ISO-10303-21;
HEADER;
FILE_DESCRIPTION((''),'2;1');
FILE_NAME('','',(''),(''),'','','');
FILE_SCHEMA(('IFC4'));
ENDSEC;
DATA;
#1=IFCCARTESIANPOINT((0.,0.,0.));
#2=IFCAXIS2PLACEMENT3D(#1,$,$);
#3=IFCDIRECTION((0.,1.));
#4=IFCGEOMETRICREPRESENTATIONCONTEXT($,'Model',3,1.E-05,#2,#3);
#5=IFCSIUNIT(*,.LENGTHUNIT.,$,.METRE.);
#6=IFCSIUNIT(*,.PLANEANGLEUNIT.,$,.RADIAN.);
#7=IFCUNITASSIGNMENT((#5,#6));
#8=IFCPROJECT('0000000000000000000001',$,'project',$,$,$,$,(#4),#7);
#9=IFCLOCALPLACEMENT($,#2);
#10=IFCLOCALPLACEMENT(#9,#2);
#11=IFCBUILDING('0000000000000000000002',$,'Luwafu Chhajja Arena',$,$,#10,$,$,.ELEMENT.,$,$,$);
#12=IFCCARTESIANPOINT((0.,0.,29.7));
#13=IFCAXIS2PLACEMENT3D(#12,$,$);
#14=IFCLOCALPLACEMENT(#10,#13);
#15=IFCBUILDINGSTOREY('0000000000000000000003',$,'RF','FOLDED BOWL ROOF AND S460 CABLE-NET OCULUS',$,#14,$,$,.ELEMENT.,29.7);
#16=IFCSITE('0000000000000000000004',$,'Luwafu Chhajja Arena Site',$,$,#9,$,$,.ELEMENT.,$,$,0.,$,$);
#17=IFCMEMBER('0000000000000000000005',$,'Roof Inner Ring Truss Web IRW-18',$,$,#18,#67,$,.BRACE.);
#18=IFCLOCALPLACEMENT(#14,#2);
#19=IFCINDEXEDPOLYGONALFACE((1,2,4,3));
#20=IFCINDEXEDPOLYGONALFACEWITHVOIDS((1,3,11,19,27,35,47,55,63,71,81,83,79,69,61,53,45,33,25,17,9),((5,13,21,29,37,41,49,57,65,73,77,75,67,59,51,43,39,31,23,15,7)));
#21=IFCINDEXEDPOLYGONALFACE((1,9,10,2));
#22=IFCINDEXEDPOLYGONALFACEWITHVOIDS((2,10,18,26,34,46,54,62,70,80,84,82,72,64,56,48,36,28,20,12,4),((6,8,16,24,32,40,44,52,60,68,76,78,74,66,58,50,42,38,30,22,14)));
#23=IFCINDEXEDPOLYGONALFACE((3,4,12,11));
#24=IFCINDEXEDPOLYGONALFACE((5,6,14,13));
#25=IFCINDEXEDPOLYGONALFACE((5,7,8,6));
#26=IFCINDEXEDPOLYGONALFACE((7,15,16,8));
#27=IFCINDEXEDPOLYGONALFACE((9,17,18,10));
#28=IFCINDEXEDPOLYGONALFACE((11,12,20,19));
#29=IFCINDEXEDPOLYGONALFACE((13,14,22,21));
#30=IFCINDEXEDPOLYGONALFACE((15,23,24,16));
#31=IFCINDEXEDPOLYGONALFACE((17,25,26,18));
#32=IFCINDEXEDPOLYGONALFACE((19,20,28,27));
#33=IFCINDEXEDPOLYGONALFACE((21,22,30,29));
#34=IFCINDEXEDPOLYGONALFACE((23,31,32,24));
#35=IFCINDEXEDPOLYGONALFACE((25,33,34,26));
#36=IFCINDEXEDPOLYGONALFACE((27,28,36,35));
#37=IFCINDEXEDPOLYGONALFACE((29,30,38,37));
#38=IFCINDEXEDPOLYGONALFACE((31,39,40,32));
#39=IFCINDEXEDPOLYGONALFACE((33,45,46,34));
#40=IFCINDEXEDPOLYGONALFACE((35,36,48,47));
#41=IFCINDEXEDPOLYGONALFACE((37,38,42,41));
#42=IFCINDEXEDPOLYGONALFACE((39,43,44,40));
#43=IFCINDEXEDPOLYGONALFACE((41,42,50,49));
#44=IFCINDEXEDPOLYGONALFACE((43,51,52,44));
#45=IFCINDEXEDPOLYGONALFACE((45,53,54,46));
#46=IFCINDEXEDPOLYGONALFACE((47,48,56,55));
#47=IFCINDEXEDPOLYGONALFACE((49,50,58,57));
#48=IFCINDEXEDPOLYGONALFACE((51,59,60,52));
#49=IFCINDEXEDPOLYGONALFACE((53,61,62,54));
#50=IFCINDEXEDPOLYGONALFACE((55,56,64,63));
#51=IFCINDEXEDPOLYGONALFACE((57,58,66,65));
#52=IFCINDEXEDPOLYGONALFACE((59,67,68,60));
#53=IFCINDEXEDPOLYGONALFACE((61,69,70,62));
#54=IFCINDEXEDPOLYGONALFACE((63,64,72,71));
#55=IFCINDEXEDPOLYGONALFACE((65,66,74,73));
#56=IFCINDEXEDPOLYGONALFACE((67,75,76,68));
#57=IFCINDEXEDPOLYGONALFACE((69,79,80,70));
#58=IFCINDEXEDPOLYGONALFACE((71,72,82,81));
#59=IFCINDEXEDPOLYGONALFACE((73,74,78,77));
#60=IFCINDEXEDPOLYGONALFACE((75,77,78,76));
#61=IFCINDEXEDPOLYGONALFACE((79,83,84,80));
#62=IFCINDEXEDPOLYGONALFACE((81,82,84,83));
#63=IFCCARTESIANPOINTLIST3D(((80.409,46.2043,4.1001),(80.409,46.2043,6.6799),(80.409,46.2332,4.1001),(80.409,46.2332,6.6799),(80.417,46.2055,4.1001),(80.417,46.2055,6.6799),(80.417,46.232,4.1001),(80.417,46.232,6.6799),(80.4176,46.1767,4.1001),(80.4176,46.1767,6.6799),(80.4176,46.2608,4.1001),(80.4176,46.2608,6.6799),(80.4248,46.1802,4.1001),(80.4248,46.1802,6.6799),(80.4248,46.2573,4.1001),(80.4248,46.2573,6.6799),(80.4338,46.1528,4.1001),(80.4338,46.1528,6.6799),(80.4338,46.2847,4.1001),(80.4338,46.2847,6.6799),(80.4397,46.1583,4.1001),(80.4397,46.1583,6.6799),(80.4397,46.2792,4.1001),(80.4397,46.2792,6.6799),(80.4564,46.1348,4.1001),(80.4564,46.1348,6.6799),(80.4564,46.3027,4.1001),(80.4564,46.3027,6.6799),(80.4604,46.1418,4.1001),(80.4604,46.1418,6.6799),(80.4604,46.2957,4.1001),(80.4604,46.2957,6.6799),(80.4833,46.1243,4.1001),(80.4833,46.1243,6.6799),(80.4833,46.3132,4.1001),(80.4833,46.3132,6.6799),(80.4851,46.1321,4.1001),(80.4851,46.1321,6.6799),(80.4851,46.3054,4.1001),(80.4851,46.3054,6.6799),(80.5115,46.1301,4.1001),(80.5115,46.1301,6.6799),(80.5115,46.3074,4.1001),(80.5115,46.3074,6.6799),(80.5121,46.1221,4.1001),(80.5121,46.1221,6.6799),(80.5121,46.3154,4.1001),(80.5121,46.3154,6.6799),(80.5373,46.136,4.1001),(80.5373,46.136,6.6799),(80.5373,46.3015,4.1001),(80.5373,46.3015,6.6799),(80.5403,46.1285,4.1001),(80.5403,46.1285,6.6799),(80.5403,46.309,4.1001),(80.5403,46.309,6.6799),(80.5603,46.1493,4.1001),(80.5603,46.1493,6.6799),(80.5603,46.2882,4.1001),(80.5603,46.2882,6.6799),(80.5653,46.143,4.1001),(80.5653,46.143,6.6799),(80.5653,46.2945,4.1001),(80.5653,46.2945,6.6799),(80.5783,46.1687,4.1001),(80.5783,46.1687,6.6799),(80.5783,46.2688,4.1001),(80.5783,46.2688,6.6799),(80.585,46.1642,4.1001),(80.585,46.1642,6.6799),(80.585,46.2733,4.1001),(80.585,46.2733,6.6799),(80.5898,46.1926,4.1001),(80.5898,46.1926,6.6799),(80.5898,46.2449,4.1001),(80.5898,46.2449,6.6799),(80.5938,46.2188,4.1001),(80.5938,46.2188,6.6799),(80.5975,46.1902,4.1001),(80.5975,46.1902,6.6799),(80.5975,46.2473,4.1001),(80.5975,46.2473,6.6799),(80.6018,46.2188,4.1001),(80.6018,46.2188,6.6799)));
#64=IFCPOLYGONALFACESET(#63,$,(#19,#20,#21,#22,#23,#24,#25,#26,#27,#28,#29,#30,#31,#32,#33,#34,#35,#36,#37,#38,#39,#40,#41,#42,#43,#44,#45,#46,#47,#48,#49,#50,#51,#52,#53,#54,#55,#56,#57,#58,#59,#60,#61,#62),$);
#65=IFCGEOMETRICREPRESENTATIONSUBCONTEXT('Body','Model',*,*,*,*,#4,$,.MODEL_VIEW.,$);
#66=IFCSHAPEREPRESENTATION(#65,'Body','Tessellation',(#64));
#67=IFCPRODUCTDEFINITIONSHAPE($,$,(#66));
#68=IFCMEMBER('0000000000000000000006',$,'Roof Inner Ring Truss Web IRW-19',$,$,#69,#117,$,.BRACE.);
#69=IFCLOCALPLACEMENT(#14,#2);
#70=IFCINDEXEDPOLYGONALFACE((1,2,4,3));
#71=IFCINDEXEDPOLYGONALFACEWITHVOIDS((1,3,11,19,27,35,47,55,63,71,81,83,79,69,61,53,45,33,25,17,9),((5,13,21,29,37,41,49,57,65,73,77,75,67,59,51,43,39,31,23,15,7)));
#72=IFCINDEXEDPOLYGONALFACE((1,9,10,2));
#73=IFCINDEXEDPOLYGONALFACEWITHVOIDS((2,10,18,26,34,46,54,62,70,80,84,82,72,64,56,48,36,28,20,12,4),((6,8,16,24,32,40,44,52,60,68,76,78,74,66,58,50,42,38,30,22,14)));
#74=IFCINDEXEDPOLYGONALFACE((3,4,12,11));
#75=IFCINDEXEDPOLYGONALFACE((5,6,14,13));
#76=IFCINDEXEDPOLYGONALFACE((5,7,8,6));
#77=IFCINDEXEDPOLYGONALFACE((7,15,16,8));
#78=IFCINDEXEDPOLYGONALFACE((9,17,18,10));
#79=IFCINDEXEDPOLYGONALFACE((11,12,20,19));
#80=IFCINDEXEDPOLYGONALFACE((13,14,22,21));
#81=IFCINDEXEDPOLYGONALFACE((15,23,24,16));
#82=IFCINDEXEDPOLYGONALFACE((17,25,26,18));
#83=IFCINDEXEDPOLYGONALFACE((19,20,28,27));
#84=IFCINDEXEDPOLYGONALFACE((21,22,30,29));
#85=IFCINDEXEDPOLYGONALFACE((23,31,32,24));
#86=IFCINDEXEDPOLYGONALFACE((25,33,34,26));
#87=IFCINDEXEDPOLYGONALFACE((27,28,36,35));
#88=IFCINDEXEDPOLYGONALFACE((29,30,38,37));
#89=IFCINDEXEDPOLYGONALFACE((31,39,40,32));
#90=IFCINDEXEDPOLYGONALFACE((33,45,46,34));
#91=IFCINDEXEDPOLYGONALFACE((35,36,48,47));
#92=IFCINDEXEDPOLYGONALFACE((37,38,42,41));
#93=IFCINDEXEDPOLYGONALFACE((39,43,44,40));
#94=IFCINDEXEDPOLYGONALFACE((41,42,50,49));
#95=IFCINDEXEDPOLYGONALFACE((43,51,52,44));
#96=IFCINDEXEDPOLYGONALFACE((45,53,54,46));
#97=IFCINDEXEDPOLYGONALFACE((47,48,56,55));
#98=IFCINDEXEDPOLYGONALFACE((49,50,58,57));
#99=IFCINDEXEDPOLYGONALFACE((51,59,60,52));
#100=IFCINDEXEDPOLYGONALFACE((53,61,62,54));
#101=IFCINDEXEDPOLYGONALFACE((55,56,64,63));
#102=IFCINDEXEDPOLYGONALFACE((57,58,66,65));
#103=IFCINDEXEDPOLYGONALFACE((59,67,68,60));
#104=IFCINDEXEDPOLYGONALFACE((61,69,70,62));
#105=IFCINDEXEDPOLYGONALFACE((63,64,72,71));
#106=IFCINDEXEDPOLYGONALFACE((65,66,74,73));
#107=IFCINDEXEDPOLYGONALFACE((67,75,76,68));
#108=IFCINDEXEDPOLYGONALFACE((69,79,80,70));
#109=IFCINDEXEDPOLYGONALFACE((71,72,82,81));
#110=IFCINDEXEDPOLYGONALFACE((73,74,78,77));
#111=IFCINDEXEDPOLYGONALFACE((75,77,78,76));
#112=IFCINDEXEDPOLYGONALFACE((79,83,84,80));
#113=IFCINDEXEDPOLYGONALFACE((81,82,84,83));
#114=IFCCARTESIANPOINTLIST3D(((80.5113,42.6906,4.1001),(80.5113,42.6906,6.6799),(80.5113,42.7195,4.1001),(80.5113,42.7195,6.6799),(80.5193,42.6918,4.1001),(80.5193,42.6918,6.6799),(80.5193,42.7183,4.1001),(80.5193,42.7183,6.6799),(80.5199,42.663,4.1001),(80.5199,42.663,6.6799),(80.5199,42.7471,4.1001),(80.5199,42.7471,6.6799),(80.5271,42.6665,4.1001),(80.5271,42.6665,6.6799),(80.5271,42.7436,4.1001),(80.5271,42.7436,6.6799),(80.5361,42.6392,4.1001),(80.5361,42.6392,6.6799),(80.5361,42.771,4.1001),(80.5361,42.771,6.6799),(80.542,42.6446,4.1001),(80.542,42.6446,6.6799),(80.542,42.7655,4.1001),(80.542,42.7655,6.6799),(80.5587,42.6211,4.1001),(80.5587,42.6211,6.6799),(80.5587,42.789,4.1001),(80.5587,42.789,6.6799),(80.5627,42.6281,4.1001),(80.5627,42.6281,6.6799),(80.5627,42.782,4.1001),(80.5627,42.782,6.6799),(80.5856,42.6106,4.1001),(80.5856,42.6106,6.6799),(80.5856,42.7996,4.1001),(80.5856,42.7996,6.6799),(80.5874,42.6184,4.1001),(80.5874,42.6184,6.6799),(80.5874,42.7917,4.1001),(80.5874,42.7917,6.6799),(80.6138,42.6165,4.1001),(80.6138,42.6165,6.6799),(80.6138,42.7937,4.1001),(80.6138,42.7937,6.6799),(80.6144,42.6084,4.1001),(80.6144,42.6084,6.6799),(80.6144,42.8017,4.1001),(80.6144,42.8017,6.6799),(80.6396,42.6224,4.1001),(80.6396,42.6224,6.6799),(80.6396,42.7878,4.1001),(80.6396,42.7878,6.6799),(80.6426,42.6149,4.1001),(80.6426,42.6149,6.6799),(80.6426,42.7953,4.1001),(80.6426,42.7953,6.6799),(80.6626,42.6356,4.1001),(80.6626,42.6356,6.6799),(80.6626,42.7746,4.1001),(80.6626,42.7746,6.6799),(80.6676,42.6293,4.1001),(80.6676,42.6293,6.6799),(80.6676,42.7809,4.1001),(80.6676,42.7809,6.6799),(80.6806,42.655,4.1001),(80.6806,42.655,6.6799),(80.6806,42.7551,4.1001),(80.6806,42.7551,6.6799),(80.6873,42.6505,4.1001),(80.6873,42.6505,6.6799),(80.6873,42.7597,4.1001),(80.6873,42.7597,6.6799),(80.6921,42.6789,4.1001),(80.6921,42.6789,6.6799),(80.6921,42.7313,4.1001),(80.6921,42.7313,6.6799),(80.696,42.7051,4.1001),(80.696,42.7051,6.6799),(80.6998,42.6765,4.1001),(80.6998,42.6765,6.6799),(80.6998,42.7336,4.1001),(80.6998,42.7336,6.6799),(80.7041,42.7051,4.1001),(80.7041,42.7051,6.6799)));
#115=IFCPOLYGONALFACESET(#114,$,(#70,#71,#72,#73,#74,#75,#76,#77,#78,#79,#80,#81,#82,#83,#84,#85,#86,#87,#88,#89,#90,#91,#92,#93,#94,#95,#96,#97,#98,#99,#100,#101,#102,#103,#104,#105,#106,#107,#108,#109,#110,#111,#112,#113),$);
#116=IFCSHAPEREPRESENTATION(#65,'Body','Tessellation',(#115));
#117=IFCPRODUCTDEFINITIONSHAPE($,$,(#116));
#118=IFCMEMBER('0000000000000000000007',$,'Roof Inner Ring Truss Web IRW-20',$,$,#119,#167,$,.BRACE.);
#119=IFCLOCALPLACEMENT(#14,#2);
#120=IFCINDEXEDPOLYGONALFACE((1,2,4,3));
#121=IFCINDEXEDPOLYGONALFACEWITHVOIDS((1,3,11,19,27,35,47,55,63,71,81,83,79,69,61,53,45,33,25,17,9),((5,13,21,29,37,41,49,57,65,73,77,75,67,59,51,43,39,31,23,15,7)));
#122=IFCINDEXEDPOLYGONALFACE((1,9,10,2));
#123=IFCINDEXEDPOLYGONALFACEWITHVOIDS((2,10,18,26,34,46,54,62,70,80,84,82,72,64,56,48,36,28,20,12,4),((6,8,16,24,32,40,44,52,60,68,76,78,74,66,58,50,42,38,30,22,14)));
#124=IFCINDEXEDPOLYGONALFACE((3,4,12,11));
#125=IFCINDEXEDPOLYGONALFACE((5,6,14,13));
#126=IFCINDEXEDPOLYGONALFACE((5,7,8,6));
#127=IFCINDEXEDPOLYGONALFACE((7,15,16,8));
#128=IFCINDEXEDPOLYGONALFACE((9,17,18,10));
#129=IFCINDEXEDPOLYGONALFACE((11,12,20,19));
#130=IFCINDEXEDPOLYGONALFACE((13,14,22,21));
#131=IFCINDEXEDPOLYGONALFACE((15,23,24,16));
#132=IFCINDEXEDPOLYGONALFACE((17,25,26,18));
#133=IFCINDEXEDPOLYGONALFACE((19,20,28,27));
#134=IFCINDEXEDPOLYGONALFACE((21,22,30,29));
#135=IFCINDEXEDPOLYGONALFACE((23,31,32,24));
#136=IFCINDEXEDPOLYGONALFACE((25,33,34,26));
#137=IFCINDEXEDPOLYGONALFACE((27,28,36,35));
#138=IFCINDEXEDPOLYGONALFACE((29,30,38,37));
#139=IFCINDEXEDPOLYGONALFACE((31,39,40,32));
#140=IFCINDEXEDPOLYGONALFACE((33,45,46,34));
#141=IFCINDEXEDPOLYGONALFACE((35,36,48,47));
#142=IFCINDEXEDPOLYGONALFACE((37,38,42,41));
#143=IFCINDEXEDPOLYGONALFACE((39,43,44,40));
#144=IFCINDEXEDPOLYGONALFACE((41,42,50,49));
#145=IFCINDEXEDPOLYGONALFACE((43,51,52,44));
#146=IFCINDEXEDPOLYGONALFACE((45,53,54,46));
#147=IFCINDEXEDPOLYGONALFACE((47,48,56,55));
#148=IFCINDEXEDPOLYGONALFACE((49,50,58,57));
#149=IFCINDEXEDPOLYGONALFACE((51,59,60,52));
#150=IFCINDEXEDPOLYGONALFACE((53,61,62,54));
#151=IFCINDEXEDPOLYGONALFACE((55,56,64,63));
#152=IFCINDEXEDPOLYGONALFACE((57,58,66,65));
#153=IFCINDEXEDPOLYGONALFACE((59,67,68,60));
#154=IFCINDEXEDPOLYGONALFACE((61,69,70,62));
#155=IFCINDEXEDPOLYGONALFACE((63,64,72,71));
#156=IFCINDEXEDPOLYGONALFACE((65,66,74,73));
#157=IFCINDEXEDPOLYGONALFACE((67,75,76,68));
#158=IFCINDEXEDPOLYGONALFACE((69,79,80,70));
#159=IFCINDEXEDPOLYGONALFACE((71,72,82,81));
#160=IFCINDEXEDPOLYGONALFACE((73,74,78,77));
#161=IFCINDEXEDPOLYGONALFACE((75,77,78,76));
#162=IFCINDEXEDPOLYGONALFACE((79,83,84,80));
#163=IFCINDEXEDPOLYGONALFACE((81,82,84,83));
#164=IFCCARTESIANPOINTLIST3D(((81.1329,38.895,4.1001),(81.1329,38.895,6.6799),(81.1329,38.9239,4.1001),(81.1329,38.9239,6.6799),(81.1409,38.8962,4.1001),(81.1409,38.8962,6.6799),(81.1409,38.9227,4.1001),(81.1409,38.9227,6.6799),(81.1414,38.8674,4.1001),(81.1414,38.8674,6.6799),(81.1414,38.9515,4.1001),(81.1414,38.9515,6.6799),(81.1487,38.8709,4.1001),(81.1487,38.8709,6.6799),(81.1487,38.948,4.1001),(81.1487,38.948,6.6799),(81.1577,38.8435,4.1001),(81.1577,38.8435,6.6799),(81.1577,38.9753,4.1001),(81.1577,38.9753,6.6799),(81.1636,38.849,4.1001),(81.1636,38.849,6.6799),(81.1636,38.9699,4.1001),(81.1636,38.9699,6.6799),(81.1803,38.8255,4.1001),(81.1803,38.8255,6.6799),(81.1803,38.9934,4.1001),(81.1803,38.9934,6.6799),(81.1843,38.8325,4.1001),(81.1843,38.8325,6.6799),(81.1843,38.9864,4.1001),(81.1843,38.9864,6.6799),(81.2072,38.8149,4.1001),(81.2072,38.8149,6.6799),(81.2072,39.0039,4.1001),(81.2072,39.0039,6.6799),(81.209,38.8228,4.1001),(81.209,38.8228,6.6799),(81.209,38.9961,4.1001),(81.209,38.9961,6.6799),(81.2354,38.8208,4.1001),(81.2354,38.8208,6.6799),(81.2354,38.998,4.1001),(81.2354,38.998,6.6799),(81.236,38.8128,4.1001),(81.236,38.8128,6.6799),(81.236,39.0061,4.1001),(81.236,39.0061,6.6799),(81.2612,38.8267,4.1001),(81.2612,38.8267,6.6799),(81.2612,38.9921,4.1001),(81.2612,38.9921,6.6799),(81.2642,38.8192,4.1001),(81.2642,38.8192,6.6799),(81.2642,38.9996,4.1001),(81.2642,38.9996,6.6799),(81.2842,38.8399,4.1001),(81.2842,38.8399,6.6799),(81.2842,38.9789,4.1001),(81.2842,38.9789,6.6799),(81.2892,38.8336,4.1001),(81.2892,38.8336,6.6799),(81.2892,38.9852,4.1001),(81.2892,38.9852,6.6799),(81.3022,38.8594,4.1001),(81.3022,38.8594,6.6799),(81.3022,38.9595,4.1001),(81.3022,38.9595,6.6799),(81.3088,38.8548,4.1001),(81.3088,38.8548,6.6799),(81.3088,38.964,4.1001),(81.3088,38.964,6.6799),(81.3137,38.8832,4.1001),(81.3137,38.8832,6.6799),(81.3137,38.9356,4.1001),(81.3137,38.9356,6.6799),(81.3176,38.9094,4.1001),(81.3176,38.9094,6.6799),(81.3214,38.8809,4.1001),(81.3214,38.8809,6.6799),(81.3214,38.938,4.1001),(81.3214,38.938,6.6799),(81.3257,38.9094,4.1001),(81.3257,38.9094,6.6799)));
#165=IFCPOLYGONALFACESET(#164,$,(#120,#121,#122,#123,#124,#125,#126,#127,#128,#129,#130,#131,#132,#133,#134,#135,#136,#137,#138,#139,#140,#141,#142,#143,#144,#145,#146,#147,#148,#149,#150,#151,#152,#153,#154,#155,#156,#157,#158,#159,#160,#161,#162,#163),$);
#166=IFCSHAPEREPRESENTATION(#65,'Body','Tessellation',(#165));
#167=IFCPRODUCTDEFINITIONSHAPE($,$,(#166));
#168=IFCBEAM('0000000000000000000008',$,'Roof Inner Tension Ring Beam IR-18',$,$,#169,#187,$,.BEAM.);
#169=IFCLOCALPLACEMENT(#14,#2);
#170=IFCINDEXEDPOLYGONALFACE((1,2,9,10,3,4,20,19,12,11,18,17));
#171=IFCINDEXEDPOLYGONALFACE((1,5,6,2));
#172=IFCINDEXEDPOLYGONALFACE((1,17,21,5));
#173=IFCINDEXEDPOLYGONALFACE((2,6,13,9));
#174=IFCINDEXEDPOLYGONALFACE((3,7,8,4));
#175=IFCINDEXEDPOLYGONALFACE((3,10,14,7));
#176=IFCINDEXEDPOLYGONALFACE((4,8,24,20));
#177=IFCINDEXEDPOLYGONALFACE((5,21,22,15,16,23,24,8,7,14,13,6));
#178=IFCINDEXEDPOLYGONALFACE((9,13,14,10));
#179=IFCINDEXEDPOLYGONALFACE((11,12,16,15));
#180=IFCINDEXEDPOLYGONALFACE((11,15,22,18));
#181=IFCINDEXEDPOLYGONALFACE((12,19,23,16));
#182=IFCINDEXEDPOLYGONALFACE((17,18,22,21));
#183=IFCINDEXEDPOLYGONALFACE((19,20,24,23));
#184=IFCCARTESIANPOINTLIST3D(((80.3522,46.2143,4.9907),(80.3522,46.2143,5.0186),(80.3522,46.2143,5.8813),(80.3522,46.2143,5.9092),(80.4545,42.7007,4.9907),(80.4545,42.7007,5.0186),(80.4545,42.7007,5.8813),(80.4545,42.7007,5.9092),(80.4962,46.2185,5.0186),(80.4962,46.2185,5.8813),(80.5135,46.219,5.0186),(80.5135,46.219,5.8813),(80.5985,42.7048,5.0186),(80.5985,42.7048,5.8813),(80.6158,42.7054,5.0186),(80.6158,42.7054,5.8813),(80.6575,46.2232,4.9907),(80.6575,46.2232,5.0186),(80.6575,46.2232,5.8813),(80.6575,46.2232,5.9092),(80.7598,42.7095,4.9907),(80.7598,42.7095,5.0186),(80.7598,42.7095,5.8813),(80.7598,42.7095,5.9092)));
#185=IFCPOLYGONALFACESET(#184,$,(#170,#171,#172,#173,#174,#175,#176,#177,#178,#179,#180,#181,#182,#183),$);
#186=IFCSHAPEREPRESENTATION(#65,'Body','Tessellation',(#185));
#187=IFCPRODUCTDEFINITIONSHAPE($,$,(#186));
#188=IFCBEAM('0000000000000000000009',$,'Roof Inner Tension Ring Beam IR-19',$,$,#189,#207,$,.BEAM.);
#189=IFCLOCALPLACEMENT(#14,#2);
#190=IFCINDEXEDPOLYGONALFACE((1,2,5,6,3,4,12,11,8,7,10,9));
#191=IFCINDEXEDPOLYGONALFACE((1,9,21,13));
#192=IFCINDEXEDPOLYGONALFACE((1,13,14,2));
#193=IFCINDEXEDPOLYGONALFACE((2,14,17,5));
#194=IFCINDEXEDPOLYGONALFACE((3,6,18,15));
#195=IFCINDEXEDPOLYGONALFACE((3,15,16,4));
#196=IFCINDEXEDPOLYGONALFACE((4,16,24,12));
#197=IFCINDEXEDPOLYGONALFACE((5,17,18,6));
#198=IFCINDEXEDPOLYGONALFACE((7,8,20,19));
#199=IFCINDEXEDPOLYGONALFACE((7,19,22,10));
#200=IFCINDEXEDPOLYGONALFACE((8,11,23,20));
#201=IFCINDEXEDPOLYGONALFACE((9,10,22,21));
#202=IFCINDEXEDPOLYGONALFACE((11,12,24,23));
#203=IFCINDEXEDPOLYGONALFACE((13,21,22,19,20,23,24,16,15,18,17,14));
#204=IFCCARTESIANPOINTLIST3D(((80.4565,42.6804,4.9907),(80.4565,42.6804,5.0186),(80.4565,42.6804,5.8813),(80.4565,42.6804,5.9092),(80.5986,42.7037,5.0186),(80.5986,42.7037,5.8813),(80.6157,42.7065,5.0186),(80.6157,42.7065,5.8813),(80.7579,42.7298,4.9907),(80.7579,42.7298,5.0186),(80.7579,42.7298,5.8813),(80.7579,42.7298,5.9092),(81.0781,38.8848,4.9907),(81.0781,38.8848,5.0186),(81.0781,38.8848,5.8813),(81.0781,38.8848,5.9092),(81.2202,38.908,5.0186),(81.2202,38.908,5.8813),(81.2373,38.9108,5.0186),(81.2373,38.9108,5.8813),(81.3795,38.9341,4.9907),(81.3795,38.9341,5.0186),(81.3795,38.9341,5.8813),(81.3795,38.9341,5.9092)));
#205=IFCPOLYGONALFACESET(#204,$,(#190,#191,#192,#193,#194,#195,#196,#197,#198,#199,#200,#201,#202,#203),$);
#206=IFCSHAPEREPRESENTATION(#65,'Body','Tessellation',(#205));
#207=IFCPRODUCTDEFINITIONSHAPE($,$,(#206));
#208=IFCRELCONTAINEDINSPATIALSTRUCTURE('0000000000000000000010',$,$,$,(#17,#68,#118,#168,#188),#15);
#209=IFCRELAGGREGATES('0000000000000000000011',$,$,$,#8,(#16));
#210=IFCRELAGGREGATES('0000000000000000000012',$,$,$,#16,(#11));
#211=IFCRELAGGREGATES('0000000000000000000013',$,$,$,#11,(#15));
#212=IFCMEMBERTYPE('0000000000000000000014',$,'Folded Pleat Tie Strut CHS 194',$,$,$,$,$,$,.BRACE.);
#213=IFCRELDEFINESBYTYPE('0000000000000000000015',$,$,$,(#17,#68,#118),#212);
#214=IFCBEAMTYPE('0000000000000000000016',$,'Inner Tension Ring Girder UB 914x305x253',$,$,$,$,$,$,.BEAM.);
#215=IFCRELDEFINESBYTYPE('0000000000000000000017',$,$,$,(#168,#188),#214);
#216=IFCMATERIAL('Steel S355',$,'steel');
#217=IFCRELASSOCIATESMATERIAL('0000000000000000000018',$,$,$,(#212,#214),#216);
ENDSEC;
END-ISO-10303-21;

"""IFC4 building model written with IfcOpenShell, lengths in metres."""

from ifc_helpers import new_model, si_unit, direction, frame, origin, origin_2d, place, context, subcontext, project, spatial, hollow_circle, i_section, extrude, material, material_profile, profile_set, type_object, element, save


model = new_model("IFC4")

# Units and contexts
model_context = context("Model", 3, precision=1e-05, world=origin(), true_north=direction((0.0, 1.0)))
body_context = subcontext(model_context, "Body", "Model", "MODEL_VIEW")
ifc_project = project(units=[si_unit("LENGTHUNIT", "METRE"), si_unit("PLANEANGLEUNIT", "RADIAN")], contexts=[model_context])

# Site, building, storey
site_placement = place(None, origin())
site = spatial("IfcSite", under=ifc_project, at=site_placement, Name="Luwafu Chhajja Arena Site", CompositionType="ELEMENT", RefElevation=0.0)
building_placement = place(site_placement, origin())
building = spatial("IfcBuilding", under=site, at=building_placement, Name="Luwafu Chhajja Arena", CompositionType="ELEMENT")
storey_placement = place(building_placement, frame((0.0, 0.0, 29.7)))
storey = spatial("IfcBuildingStorey", under=building, at=storey_placement, Name="RF", Description="FOLDED BOWL ROOF AND S460 CABLE-NET OCULUS", CompositionType="ELEMENT", Elevation=29.7)

# Members
ifc_material_1 = material(Name="Steel S355", Category="steel")
ifc_material_profile_1 = material_profile(ifc_material_1, hollow_circle(Radius=0.0969, WallThickness=0.0081, at=origin_2d()), Name="CHS 193.7x8")
ifc_profile_set_1 = profile_set([ifc_material_profile_1], Name="Steel S355")
member_type_1 = type_object("IfcMemberType", Name="Folded Pleat Tie Strut CHS 194", PredefinedType="BRACE", material=ifc_profile_set_1)
for number, where, z_axis, x_axis, name in (
    (1, (80.5049, 46.2188, 4.1001), (0.0, 0.0, 1.0), (1.0, 0.0, 0.0), "Roof Inner Ring Truss Web IRW-18"),
    (2, (80.6072, 42.7051, 4.1001), (0.0, 0.0, 1.0), (1.0, 0.0, 0.0), "Roof Inner Ring Truss Web IRW-19"),
    (3, (81.2288, 38.9094, 4.1001), (0.0, 0.0, 1.0), (1.0, 0.0, 0.0), "Roof Inner Ring Truss Web IRW-20"),
):
    element("IfcMember", number, at=place(storey_placement, frame(where, z_axis=z_axis, x_axis=x_axis)), inside=storey, type_object=member_type_1, Name=name, PredefinedType="BRACE", context=body_context, shape_type="SweptSolid", body=[
        extrude(hollow_circle(Radius=0.0969, WallThickness=0.0081, at=origin_2d()), origin(), (0.0, 0.0, 1.0), 2.5798),
    ])

# Beams
ifc_material_profile_2 = material_profile(ifc_material_1, i_section(OverallWidth=0.3054, OverallDepth=0.9185, WebThickness=0.0173, FlangeThickness=0.0278, at=origin_2d()), Name="UB 914x305x253")
ifc_profile_set_2 = profile_set([ifc_material_profile_2], Name="Steel S355")
beam_type = type_object("IfcBeamType", Name="Inner Tension Ring Girder UB 914x305x253", PredefinedType="BEAM", material=ifc_profile_set_2)
beam_1_placement = place(storey_placement, frame((80.5049, 46.2188, 5.45), z_axis=(0.029101, -0.999576, 0.0), x_axis=(0.999576, 0.029101, 0.0)))
element("IfcBeam", 4, at=beam_1_placement, inside=storey, type_object=beam_type, Name="Roof Inner Tension Ring Beam IR-18", PredefinedType="BEAM", context=body_context, shape_type="SweptSolid", body=[
    extrude(i_section(OverallWidth=0.3054, OverallDepth=0.9185, WebThickness=0.0173, FlangeThickness=0.0278, at=origin_2d()), origin(), (0.0, 0.0, 1.0), 3.5151),
])
beam_2_placement = place(storey_placement, frame((80.6072, 42.7051, 5.45), z_axis=(0.161609, -0.986855, 0.0), x_axis=(0.986855, 0.161609, 0.0)))
element("IfcBeam", 5, at=beam_2_placement, inside=storey, type_object=beam_type, Name="Roof Inner Tension Ring Beam IR-19", PredefinedType="BEAM", context=body_context, shape_type="SweptSolid", body=[
    extrude(i_section(OverallWidth=0.3054, OverallDepth=0.9185, WebThickness=0.0173, FlangeThickness=0.0278, at=origin_2d()), origin(), (0.0, 0.0, 1.0), 3.8462),
])

save(model, "model.ifc")
